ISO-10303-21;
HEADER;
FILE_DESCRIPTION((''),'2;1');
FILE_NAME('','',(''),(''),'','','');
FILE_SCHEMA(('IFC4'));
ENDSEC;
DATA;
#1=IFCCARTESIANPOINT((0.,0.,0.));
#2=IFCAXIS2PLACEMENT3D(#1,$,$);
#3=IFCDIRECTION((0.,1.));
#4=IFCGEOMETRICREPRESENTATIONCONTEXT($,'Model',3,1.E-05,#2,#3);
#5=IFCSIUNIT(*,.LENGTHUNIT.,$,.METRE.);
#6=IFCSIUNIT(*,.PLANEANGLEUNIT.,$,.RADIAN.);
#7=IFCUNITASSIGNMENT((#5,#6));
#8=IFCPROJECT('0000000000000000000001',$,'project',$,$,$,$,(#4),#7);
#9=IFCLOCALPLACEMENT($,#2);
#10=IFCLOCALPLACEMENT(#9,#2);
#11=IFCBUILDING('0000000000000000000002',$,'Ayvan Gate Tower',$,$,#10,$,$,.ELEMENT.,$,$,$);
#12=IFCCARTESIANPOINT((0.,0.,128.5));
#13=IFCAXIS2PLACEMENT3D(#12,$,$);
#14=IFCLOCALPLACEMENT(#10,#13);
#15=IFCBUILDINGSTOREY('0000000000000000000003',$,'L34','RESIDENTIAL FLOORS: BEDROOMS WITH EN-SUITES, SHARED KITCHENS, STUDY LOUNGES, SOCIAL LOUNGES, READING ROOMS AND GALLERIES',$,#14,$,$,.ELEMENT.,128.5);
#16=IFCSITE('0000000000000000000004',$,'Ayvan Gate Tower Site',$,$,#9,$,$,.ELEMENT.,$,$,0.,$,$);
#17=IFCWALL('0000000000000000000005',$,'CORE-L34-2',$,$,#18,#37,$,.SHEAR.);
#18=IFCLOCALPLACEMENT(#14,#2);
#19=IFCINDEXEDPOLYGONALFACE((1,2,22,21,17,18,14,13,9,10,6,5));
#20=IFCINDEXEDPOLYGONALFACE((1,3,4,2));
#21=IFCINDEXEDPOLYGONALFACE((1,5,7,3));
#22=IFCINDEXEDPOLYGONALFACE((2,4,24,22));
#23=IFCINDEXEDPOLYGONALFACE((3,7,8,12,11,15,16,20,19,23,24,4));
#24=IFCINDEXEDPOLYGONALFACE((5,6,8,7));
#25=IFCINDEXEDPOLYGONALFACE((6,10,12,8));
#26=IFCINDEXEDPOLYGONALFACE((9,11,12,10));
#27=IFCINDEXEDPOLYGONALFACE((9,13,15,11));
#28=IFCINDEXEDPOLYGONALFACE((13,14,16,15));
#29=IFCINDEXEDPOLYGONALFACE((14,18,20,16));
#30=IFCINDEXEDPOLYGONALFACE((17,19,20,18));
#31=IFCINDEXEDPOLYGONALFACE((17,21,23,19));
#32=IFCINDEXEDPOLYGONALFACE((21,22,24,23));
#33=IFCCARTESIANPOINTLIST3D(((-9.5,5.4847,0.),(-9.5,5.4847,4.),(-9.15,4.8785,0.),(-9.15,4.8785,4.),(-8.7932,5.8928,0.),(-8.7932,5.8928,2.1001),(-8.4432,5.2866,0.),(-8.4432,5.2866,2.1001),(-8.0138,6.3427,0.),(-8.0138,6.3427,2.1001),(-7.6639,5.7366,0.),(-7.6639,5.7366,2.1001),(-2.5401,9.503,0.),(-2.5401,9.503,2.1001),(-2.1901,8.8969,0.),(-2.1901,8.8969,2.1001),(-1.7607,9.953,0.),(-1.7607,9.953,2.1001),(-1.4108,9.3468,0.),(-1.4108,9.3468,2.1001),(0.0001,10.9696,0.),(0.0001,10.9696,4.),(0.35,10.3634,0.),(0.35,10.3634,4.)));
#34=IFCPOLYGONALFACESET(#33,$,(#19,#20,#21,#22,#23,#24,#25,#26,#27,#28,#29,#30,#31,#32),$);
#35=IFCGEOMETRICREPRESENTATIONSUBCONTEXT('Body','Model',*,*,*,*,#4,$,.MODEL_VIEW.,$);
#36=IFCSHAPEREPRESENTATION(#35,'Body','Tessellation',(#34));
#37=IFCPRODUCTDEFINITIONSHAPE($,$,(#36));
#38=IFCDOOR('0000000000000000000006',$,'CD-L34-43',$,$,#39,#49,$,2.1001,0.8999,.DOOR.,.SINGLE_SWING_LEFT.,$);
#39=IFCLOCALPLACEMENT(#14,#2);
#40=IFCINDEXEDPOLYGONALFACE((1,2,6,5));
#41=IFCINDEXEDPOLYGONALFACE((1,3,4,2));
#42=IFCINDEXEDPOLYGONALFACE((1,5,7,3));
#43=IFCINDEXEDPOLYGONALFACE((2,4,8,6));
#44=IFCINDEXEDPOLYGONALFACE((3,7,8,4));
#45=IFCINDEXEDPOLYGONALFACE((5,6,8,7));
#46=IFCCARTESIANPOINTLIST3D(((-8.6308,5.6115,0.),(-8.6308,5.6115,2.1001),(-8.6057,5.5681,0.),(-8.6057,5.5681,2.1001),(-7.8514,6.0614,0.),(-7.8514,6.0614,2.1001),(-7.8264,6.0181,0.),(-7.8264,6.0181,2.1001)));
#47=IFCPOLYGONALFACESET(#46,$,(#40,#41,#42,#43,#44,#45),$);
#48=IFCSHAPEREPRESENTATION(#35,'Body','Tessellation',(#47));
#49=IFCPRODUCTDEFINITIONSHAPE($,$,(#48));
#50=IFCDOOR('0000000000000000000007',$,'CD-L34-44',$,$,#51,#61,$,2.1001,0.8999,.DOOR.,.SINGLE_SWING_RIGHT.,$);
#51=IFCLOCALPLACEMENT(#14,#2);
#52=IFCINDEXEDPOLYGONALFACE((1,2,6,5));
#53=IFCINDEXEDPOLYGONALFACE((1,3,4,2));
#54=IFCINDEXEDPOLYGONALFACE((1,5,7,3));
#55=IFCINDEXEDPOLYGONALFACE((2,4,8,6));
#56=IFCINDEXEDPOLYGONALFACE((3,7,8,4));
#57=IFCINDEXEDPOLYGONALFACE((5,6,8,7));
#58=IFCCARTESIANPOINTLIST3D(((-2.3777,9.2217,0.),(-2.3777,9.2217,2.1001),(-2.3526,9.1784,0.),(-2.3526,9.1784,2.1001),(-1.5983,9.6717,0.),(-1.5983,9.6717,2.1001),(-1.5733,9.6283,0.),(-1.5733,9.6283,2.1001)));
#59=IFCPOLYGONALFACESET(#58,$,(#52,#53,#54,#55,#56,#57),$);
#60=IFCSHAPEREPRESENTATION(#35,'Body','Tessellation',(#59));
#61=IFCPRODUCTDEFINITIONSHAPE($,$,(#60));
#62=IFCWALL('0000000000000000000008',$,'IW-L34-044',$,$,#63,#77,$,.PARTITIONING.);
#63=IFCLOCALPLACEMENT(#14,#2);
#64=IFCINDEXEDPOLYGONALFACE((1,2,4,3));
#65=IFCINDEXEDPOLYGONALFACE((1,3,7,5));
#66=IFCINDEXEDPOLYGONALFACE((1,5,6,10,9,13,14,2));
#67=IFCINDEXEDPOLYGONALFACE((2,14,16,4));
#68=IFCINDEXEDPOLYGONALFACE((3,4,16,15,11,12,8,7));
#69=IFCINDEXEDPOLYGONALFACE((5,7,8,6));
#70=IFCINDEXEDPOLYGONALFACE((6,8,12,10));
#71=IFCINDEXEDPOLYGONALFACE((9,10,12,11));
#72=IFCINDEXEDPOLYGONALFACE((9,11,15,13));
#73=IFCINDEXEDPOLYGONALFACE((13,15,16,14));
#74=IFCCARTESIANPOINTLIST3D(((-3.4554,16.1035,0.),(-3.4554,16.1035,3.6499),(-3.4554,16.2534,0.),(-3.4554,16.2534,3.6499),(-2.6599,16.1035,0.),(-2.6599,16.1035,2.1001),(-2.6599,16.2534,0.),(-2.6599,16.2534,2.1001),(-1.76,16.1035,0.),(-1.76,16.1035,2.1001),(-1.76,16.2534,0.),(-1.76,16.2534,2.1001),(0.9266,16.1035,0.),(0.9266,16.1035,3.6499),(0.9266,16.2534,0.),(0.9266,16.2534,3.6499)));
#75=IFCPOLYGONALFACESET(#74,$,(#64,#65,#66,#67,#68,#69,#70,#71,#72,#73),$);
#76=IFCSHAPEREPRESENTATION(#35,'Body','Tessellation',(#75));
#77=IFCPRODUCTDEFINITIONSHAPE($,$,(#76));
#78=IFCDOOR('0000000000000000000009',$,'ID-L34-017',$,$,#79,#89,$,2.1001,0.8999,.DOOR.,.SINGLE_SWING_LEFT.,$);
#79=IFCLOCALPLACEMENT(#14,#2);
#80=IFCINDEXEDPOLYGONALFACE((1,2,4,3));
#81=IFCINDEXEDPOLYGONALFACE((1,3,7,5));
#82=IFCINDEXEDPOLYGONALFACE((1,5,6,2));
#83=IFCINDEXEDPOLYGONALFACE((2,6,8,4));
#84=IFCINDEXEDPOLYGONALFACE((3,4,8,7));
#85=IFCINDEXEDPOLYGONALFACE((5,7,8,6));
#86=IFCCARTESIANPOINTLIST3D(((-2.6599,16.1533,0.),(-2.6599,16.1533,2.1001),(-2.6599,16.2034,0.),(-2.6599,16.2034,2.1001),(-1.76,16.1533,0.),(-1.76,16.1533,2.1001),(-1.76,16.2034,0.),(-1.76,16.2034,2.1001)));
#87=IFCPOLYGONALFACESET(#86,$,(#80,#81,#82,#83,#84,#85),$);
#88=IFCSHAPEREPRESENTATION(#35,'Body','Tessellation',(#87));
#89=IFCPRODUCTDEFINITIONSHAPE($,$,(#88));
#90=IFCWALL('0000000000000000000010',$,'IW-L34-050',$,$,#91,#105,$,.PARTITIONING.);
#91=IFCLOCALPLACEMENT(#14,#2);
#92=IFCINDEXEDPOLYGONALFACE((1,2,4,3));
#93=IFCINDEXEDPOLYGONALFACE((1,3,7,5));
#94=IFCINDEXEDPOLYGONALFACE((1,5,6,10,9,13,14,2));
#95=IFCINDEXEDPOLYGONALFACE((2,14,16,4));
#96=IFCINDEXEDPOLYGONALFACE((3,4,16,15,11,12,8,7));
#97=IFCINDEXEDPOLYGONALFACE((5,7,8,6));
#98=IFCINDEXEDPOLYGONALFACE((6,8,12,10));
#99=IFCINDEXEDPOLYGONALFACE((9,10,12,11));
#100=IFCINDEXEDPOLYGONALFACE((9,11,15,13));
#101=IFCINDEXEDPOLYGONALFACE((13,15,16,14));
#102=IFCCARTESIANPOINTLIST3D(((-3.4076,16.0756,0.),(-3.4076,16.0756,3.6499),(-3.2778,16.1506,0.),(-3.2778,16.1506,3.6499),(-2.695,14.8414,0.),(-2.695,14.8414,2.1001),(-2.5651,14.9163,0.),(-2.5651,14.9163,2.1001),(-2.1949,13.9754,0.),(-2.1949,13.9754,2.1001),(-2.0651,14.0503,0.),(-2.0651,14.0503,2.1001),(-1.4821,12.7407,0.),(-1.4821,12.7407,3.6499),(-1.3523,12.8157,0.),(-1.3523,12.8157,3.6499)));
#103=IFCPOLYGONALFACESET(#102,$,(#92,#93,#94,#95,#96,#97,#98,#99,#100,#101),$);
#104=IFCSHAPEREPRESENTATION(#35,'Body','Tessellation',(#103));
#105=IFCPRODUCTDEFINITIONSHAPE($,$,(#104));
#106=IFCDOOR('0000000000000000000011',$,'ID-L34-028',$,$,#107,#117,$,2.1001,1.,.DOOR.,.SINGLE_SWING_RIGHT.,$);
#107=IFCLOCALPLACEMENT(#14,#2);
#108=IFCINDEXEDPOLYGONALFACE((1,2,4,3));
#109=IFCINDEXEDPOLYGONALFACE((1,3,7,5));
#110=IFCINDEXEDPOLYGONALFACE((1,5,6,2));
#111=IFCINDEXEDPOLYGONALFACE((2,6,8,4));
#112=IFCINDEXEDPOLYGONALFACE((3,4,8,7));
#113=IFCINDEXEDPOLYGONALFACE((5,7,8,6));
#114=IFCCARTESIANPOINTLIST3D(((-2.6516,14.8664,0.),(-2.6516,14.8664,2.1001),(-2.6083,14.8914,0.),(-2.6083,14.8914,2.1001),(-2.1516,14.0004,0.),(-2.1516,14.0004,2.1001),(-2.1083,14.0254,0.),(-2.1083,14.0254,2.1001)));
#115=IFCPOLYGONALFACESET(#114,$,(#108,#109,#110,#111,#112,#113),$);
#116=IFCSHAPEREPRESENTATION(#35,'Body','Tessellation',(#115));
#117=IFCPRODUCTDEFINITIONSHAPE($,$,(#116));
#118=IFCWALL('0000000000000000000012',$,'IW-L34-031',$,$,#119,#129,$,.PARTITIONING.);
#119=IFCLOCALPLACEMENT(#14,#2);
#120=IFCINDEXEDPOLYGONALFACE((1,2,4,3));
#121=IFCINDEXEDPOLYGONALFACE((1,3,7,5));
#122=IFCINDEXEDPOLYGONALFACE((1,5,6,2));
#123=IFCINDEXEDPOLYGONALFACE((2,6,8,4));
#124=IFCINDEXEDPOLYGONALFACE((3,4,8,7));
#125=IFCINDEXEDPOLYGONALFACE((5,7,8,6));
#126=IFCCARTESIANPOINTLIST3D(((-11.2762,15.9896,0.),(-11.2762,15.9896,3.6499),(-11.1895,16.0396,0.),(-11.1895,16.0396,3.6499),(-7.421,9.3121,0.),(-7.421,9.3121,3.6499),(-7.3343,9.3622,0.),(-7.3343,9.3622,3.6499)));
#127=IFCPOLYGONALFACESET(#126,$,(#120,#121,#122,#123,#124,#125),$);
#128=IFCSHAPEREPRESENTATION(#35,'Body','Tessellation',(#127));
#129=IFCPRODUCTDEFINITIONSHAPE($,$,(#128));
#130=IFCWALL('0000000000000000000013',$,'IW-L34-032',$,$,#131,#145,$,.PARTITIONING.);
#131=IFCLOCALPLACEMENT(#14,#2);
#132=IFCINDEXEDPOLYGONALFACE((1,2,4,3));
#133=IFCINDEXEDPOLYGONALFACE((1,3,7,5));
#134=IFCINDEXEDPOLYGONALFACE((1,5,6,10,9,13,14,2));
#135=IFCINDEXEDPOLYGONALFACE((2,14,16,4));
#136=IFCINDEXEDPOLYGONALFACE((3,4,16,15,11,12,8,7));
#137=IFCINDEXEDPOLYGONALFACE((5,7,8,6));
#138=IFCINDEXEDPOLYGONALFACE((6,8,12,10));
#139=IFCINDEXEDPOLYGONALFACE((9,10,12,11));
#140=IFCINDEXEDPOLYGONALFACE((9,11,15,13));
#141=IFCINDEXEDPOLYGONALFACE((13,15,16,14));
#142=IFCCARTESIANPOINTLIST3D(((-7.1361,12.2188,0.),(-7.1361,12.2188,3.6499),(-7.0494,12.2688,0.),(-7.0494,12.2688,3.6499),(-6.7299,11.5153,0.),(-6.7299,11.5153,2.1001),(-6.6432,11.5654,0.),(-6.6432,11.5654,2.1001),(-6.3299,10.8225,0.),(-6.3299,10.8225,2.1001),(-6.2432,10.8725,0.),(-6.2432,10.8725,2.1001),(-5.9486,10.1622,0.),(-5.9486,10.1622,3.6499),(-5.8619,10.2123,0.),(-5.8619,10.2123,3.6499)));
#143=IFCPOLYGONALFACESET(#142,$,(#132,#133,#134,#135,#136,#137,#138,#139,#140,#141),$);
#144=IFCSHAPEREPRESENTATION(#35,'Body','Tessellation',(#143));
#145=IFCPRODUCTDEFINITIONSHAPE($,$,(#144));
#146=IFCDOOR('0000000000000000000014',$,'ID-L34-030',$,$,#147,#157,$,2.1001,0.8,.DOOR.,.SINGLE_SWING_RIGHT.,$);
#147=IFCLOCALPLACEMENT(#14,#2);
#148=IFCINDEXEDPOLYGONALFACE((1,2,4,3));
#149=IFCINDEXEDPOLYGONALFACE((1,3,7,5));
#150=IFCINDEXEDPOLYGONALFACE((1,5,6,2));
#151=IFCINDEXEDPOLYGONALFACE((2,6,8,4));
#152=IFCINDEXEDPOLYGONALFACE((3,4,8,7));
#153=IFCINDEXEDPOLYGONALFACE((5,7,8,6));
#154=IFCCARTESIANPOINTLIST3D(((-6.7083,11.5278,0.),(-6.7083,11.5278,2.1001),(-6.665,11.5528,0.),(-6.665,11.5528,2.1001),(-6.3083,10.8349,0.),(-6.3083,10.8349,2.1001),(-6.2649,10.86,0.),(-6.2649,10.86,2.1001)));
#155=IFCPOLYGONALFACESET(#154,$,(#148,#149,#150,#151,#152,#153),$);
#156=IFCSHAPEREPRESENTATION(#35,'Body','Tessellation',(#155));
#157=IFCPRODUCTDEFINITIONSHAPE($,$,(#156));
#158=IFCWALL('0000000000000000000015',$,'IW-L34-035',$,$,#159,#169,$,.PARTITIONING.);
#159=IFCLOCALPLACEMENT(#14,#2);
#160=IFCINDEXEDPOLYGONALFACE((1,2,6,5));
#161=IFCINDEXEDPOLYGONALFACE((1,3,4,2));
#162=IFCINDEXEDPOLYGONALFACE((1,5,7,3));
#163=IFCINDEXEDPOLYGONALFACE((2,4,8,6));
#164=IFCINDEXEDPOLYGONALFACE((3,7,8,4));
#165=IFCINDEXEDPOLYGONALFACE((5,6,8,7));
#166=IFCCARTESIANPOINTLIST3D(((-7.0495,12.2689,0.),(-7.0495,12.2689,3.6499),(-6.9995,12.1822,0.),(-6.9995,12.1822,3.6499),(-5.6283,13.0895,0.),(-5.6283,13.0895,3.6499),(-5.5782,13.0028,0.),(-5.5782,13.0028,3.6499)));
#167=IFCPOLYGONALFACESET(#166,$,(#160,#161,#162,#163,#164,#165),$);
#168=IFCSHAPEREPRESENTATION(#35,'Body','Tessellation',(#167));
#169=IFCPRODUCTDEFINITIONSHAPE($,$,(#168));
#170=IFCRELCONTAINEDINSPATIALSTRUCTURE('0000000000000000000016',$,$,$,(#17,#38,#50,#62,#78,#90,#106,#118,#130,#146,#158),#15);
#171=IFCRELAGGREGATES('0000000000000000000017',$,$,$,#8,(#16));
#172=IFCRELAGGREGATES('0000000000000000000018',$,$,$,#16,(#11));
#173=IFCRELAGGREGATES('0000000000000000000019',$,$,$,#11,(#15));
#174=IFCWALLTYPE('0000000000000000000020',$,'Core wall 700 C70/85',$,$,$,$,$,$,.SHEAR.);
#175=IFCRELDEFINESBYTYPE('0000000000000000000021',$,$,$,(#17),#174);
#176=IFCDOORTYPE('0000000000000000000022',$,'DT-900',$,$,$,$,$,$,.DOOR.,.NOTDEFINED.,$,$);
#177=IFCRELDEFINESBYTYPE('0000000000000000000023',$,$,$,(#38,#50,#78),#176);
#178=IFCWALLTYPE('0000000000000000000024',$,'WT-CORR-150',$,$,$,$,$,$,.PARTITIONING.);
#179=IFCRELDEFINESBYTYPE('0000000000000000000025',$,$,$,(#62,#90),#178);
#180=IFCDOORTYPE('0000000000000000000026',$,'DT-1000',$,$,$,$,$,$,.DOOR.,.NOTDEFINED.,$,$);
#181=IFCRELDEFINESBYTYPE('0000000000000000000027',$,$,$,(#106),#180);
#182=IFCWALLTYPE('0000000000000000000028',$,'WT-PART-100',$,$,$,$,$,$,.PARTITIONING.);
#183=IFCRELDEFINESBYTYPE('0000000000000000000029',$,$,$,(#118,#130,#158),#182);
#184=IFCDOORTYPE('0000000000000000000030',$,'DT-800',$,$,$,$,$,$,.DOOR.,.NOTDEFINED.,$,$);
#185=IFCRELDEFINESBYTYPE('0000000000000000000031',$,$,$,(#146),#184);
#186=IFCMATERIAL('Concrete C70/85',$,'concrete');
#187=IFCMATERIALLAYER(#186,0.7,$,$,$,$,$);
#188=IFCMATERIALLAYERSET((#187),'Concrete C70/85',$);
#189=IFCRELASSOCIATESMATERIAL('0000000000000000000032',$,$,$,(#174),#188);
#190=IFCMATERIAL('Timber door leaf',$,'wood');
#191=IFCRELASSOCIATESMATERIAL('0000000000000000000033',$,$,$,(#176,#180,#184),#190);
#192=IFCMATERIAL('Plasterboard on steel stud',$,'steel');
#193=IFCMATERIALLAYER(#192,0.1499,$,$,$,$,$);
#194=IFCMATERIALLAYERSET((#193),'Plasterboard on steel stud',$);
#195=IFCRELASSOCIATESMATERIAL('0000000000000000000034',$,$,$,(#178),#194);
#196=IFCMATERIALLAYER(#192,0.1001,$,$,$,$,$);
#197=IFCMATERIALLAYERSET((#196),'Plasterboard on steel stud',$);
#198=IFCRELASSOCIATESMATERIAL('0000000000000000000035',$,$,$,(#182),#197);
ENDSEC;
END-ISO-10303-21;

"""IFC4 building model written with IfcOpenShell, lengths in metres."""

from ifc_helpers import new_model, si_unit, direction, frame, frame_2d, origin, place, context, subcontext, project, spatial, rectangle, extrude, material, layer, layer_set, type_object, element, fill, save


model = new_model("IFC4")

# Units and contexts
model_context = context("Model", 3, precision=1e-05, world=origin(), true_north=direction((0.0, 1.0)))
body_context = subcontext(model_context, "Body", "Model", "MODEL_VIEW")
ifc_project = project(units=[si_unit("LENGTHUNIT", "METRE"), si_unit("PLANEANGLEUNIT", "RADIAN")], contexts=[model_context])

# Site, building, storey
site_placement = place(None, origin())
site = spatial("IfcSite", under=ifc_project, at=site_placement, Name="Ayvan Gate Tower Site", CompositionType="ELEMENT", RefElevation=0.0)
building_placement = place(site_placement, origin())
building = spatial("IfcBuilding", under=site, at=building_placement, Name="Ayvan Gate Tower", CompositionType="ELEMENT")
storey_placement = place(building_placement, frame((0.0, 0.0, 128.5)))
storey = spatial("IfcBuildingStorey", under=building, at=storey_placement, Name="L34", Description="RESIDENTIAL FLOORS: BEDROOMS WITH EN-SUITES, SHARED KITCHENS, STUDY LOUNGES, SOCIAL LOUNGES, READING ROOMS AND GALLERIES", CompositionType="ELEMENT", Elevation=128.5)

# Wall, openings, doors
ifc_material_1 = material(Name="Concrete C70/85", Category="concrete")
ifc_layer_1 = layer(ifc_material_1, 0.7)
ifc_layer_set_1 = layer_set([ifc_layer_1], Name="Concrete C70/85")
wall_type_1 = type_object("IfcWallType", Name="Core wall 700 C70/85", PredefinedType="SHEAR", material=ifc_layer_set_1)
wall_1_placement = place(storey_placement, frame((0.175, 10.6665, 0.0), z_axis=(0.0, 0.0, 1.0), x_axis=(-0.866024, -0.500002, 0.0)))
wall_1 = element("IfcWall", 1, at=wall_1_placement, inside=storey, type_object=wall_type_1, Name="CORE-L34-2", PredefinedType="SHEAR", context=body_context, shape_type="SweptSolid", body=[
    extrude(rectangle(XDim=10.9697, YDim=0.7, at=frame_2d((5.4849, 0.0))), origin(), (0.0, 0.0, 1.0), 4.0),
])
opening_1_placement = place(wall_1_placement, frame((9.2537, 0.0, 0.0)))
opening_1 = element("IfcOpeningElement", 2, at=opening_1_placement, cuts=wall_1, PredefinedType="OPENING", context=body_context, shape_type="SweptSolid", body=[
    extrude(rectangle(XDim=0.8999, YDim=2.1001, at=frame_2d((0.45, 1.05))), frame((0.0, 0.3599, 0.0), z_axis=(0.0, -1.0, 0.0), x_axis=(1.0, 0.0, 0.0)), (0.0, 0.0, 1.0), 0.72),
])
opening_2_placement = place(wall_1_placement, frame((2.0332, 0.0, 0.0)))
opening_2 = element("IfcOpeningElement", 3, at=opening_2_placement, cuts=wall_1, PredefinedType="OPENING", context=body_context, shape_type="SweptSolid", body=[
    extrude(rectangle(XDim=0.8999, YDim=2.1001, at=frame_2d((0.45, 1.05))), frame((0.0, 0.3599, 0.0), z_axis=(0.0, -1.0, 0.0), x_axis=(1.0, 0.0, 0.0)), (0.0, 0.0, 1.0), 0.72),
])
ifc_material_2 = material(Name="Timber door leaf", Category="wood")
door_type_1 = type_object("IfcDoorType", Name="DT-900", OperationType="NOTDEFINED", PredefinedType="DOOR", material=ifc_material_2)
door_1_placement = place(opening_1_placement, origin())
door_1 = element("IfcDoor", 4, at=door_1_placement, inside=storey, type_object=door_type_1, Name="CD-L34-43", OperationType="SINGLE_SWING_LEFT", OverallHeight=2.1001, OverallWidth=0.8999, PredefinedType="DOOR", context=body_context, shape_type="SweptSolid", body=[
    extrude(rectangle(XDim=0.8999, YDim=2.1001, at=frame_2d((0.45, 1.05))), frame((0.0, 0.0249, 0.0), z_axis=(0.0, -1.0, 0.0), x_axis=(1.0, 0.0, 0.0)), (0.0, 0.0, 1.0), 0.05),
])
fill(opening_1, door_1)
door_2_placement = place(opening_2_placement, origin())
door_2 = element("IfcDoor", 5, at=door_2_placement, inside=storey, type_object=door_type_1, Name="CD-L34-44", OperationType="SINGLE_SWING_RIGHT", OverallHeight=2.1001, OverallWidth=0.8999, PredefinedType="DOOR", context=body_context, shape_type="SweptSolid", body=[
    extrude(rectangle(XDim=0.8999, YDim=2.1001, at=frame_2d((0.45, 1.05))), frame((0.0, 0.0249, 0.0), z_axis=(0.0, -1.0, 0.0), x_axis=(1.0, 0.0, 0.0)), (0.0, 0.0, 1.0), 0.05),
])
fill(opening_2, door_2)

# Walls, openings, doors
ifc_material_3 = material(Name="Plasterboard on steel stud", Category="steel")
ifc_layer_2 = layer(ifc_material_3, 0.1499)
ifc_layer_set_2 = layer_set([ifc_layer_2], Name="Plasterboard on steel stud")
wall_type_2 = type_object("IfcWallType", Name="WT-CORR-150", PredefinedType="PARTITIONING", material=ifc_layer_set_2)
wall_2_placement = place(storey_placement, frame((-3.4553, 16.1785, 0.0), z_axis=(0.0, 0.0, 1.0), x_axis=(1.0, 0.0, 0.0)))
wall_2 = element("IfcWall", 6, at=wall_2_placement, inside=storey, type_object=wall_type_2, Name="IW-L34-044", PredefinedType="PARTITIONING", context=body_context, shape_type="SweptSolid", body=[
    extrude(rectangle(XDim=4.3821, YDim=0.1499, at=frame_2d((2.1909, 0.0))), origin(), (0.0, 0.0, 1.0), 3.6499),
])
opening_3_placement = place(wall_2_placement, frame((0.7954, 0.0, 0.0)))
opening_3 = element("IfcOpeningElement", 7, at=opening_3_placement, cuts=wall_2, PredefinedType="OPENING", context=body_context, shape_type="SweptSolid", body=[
    extrude(rectangle(XDim=0.8999, YDim=2.1001, at=frame_2d((0.45, 1.05))), frame((0.0, 0.085, 0.0), z_axis=(0.0, -1.0, 0.0), x_axis=(1.0, 0.0, 0.0)), (0.0, 0.0, 1.0), 0.1699),
])
door_3_placement = place(opening_3_placement, origin())
door_3 = element("IfcDoor", 8, at=door_3_placement, inside=storey, type_object=door_type_1, Name="ID-L34-017", OperationType="SINGLE_SWING_LEFT", OverallHeight=2.1001, OverallWidth=0.8999, PredefinedType="DOOR", context=body_context, shape_type="SweptSolid", body=[
    extrude(rectangle(XDim=0.8999, YDim=2.1001, at=frame_2d((0.45, 1.05))), frame((0.0, 0.0249, 0.0), z_axis=(0.0, -1.0, 0.0), x_axis=(1.0, 0.0, 0.0)), (0.0, 0.0, 1.0), 0.05),
])
fill(opening_3, door_3)
wall_3_placement = place(storey_placement, frame((-1.4172, 12.7783, 0.0), z_axis=(0.0, 0.0, 1.0), x_axis=(-0.500019, 0.866015, 0.0)))
wall_3 = element("IfcWall", 9, at=wall_3_placement, inside=storey, type_object=wall_type_2, Name="IW-L34-050", PredefinedType="PARTITIONING", context=body_context, shape_type="SweptSolid", body=[
    extrude(rectangle(XDim=3.8508, YDim=0.1499, at=frame_2d((1.9253, 0.0))), origin(), (0.0, 0.0, 1.0), 3.6499),
])
opening_4_placement = place(wall_3_placement, frame((1.4255, 0.0, 0.0)))
opening_4 = element("IfcOpeningElement", 10, at=opening_4_placement, cuts=wall_3, PredefinedType="OPENING", context=body_context, shape_type="SweptSolid", body=[
    extrude(rectangle(XDim=1.0, YDim=2.1001, at=frame_2d((0.5, 1.05))), frame((0.0, 0.085, 0.0), z_axis=(0.0, -1.0, 0.0), x_axis=(1.0, 0.0, 0.0)), (0.0, 0.0, 1.0), 0.1699),
])
door_type_2 = type_object("IfcDoorType", Name="DT-1000", OperationType="NOTDEFINED", PredefinedType="DOOR", material=ifc_material_2)
door_4_placement = place(opening_4_placement, origin())
door_4 = element("IfcDoor", 11, at=door_4_placement, inside=storey, type_object=door_type_2, Name="ID-L34-028", OperationType="SINGLE_SWING_RIGHT", OverallHeight=2.1001, OverallWidth=1.0, PredefinedType="DOOR", context=body_context, shape_type="SweptSolid", body=[
    extrude(rectangle(XDim=1.0, YDim=2.1001, at=frame_2d((0.5, 1.05))), frame((0.0, 0.0249, 0.0), z_axis=(0.0, -1.0, 0.0), x_axis=(1.0, 0.0, 0.0)), (0.0, 0.0, 1.0), 0.05),
])
fill(opening_4, door_4)

# Wall
ifc_layer_3 = layer(ifc_material_3, 0.1001)
ifc_layer_set_3 = layer_set([ifc_layer_3], Name="Plasterboard on steel stud")
wall_type_3 = type_object("IfcWallType", Name="WT-PART-100", PredefinedType="PARTITIONING", material=ifc_layer_set_3)
wall_4_placement = place(storey_placement, frame((-7.3777, 9.3372, 0.0), z_axis=(0.0, 0.0, 1.0), x_axis=(-0.499997, 0.866027, 0.0)))
element("IfcWall", 12, at=wall_4_placement, inside=storey, type_object=wall_type_3, Name="IW-L34-031", PredefinedType="PARTITIONING", context=body_context, shape_type="SweptSolid", body=[
    extrude(rectangle(XDim=7.7104, YDim=0.1001, at=frame_2d((3.8552, 0.0))), origin(), (0.0, 0.0, 1.0), 3.6499),
])

# Wall, opening, door
wall_5_placement = place(storey_placement, frame((-7.0928, 12.2439, 0.0), z_axis=(0.0, 0.0, 1.0), x_axis=(0.500031, -0.866008, 0.0)))
wall_5 = element("IfcWall", 13, at=wall_5_placement, inside=storey, type_object=wall_type_3, Name="IW-L34-032", PredefinedType="PARTITIONING", context=body_context, shape_type="SweptSolid", body=[
    extrude(rectangle(XDim=2.3748, YDim=0.1001, at=frame_2d((1.1875, 0.0))), origin(), (0.0, 0.0, 1.0), 3.6499),
])
opening_5_placement = place(wall_5_placement, frame((0.8125, 0.0, 0.0)))
opening_5 = element("IfcOpeningElement", 14, at=opening_5_placement, cuts=wall_5, PredefinedType="OPENING", context=body_context, shape_type="SweptSolid", body=[
    extrude(rectangle(XDim=0.8, YDim=2.1001, at=frame_2d((0.3999, 1.05))), frame((0.0, 0.0601, 0.0), z_axis=(0.0, -1.0, 0.0), x_axis=(1.0, 0.0, 0.0)), (0.0, 0.0, 1.0), 0.1201),
])
door_type_3 = type_object("IfcDoorType", Name="DT-800", OperationType="NOTDEFINED", PredefinedType="DOOR", material=ifc_material_2)
door_5_placement = place(opening_5_placement, origin())
door_5 = element("IfcDoor", 15, at=door_5_placement, inside=storey, type_object=door_type_3, Name="ID-L34-030", OperationType="SINGLE_SWING_RIGHT", OverallHeight=2.1001, OverallWidth=0.8, PredefinedType="DOOR", context=body_context, shape_type="SweptSolid", body=[
    extrude(rectangle(XDim=0.8, YDim=2.1001, at=frame_2d((0.3999, 1.05))), frame((0.0, 0.0249, 0.0), z_axis=(0.0, -1.0, 0.0), x_axis=(1.0, 0.0, 0.0)), (0.0, 0.0, 1.0), 0.05),
])
fill(opening_5, door_5)

# Wall
wall_6_placement = place(storey_placement, frame((-5.6033, 13.0461, 0.0), z_axis=(0.0, 0.0, 1.0), x_axis=(-0.86601, -0.500027, 0.0)))
element("IfcWall", 16, at=wall_6_placement, inside=storey, type_object=wall_type_3, Name="IW-L34-035", PredefinedType="PARTITIONING", context=body_context, shape_type="SweptSolid", body=[
    extrude(rectangle(XDim=1.6411, YDim=0.1001, at=frame_2d((0.8206, 0.0))), origin(), (0.0, 0.0, 1.0), 3.6499),
])

save(model, "model.ifc")
